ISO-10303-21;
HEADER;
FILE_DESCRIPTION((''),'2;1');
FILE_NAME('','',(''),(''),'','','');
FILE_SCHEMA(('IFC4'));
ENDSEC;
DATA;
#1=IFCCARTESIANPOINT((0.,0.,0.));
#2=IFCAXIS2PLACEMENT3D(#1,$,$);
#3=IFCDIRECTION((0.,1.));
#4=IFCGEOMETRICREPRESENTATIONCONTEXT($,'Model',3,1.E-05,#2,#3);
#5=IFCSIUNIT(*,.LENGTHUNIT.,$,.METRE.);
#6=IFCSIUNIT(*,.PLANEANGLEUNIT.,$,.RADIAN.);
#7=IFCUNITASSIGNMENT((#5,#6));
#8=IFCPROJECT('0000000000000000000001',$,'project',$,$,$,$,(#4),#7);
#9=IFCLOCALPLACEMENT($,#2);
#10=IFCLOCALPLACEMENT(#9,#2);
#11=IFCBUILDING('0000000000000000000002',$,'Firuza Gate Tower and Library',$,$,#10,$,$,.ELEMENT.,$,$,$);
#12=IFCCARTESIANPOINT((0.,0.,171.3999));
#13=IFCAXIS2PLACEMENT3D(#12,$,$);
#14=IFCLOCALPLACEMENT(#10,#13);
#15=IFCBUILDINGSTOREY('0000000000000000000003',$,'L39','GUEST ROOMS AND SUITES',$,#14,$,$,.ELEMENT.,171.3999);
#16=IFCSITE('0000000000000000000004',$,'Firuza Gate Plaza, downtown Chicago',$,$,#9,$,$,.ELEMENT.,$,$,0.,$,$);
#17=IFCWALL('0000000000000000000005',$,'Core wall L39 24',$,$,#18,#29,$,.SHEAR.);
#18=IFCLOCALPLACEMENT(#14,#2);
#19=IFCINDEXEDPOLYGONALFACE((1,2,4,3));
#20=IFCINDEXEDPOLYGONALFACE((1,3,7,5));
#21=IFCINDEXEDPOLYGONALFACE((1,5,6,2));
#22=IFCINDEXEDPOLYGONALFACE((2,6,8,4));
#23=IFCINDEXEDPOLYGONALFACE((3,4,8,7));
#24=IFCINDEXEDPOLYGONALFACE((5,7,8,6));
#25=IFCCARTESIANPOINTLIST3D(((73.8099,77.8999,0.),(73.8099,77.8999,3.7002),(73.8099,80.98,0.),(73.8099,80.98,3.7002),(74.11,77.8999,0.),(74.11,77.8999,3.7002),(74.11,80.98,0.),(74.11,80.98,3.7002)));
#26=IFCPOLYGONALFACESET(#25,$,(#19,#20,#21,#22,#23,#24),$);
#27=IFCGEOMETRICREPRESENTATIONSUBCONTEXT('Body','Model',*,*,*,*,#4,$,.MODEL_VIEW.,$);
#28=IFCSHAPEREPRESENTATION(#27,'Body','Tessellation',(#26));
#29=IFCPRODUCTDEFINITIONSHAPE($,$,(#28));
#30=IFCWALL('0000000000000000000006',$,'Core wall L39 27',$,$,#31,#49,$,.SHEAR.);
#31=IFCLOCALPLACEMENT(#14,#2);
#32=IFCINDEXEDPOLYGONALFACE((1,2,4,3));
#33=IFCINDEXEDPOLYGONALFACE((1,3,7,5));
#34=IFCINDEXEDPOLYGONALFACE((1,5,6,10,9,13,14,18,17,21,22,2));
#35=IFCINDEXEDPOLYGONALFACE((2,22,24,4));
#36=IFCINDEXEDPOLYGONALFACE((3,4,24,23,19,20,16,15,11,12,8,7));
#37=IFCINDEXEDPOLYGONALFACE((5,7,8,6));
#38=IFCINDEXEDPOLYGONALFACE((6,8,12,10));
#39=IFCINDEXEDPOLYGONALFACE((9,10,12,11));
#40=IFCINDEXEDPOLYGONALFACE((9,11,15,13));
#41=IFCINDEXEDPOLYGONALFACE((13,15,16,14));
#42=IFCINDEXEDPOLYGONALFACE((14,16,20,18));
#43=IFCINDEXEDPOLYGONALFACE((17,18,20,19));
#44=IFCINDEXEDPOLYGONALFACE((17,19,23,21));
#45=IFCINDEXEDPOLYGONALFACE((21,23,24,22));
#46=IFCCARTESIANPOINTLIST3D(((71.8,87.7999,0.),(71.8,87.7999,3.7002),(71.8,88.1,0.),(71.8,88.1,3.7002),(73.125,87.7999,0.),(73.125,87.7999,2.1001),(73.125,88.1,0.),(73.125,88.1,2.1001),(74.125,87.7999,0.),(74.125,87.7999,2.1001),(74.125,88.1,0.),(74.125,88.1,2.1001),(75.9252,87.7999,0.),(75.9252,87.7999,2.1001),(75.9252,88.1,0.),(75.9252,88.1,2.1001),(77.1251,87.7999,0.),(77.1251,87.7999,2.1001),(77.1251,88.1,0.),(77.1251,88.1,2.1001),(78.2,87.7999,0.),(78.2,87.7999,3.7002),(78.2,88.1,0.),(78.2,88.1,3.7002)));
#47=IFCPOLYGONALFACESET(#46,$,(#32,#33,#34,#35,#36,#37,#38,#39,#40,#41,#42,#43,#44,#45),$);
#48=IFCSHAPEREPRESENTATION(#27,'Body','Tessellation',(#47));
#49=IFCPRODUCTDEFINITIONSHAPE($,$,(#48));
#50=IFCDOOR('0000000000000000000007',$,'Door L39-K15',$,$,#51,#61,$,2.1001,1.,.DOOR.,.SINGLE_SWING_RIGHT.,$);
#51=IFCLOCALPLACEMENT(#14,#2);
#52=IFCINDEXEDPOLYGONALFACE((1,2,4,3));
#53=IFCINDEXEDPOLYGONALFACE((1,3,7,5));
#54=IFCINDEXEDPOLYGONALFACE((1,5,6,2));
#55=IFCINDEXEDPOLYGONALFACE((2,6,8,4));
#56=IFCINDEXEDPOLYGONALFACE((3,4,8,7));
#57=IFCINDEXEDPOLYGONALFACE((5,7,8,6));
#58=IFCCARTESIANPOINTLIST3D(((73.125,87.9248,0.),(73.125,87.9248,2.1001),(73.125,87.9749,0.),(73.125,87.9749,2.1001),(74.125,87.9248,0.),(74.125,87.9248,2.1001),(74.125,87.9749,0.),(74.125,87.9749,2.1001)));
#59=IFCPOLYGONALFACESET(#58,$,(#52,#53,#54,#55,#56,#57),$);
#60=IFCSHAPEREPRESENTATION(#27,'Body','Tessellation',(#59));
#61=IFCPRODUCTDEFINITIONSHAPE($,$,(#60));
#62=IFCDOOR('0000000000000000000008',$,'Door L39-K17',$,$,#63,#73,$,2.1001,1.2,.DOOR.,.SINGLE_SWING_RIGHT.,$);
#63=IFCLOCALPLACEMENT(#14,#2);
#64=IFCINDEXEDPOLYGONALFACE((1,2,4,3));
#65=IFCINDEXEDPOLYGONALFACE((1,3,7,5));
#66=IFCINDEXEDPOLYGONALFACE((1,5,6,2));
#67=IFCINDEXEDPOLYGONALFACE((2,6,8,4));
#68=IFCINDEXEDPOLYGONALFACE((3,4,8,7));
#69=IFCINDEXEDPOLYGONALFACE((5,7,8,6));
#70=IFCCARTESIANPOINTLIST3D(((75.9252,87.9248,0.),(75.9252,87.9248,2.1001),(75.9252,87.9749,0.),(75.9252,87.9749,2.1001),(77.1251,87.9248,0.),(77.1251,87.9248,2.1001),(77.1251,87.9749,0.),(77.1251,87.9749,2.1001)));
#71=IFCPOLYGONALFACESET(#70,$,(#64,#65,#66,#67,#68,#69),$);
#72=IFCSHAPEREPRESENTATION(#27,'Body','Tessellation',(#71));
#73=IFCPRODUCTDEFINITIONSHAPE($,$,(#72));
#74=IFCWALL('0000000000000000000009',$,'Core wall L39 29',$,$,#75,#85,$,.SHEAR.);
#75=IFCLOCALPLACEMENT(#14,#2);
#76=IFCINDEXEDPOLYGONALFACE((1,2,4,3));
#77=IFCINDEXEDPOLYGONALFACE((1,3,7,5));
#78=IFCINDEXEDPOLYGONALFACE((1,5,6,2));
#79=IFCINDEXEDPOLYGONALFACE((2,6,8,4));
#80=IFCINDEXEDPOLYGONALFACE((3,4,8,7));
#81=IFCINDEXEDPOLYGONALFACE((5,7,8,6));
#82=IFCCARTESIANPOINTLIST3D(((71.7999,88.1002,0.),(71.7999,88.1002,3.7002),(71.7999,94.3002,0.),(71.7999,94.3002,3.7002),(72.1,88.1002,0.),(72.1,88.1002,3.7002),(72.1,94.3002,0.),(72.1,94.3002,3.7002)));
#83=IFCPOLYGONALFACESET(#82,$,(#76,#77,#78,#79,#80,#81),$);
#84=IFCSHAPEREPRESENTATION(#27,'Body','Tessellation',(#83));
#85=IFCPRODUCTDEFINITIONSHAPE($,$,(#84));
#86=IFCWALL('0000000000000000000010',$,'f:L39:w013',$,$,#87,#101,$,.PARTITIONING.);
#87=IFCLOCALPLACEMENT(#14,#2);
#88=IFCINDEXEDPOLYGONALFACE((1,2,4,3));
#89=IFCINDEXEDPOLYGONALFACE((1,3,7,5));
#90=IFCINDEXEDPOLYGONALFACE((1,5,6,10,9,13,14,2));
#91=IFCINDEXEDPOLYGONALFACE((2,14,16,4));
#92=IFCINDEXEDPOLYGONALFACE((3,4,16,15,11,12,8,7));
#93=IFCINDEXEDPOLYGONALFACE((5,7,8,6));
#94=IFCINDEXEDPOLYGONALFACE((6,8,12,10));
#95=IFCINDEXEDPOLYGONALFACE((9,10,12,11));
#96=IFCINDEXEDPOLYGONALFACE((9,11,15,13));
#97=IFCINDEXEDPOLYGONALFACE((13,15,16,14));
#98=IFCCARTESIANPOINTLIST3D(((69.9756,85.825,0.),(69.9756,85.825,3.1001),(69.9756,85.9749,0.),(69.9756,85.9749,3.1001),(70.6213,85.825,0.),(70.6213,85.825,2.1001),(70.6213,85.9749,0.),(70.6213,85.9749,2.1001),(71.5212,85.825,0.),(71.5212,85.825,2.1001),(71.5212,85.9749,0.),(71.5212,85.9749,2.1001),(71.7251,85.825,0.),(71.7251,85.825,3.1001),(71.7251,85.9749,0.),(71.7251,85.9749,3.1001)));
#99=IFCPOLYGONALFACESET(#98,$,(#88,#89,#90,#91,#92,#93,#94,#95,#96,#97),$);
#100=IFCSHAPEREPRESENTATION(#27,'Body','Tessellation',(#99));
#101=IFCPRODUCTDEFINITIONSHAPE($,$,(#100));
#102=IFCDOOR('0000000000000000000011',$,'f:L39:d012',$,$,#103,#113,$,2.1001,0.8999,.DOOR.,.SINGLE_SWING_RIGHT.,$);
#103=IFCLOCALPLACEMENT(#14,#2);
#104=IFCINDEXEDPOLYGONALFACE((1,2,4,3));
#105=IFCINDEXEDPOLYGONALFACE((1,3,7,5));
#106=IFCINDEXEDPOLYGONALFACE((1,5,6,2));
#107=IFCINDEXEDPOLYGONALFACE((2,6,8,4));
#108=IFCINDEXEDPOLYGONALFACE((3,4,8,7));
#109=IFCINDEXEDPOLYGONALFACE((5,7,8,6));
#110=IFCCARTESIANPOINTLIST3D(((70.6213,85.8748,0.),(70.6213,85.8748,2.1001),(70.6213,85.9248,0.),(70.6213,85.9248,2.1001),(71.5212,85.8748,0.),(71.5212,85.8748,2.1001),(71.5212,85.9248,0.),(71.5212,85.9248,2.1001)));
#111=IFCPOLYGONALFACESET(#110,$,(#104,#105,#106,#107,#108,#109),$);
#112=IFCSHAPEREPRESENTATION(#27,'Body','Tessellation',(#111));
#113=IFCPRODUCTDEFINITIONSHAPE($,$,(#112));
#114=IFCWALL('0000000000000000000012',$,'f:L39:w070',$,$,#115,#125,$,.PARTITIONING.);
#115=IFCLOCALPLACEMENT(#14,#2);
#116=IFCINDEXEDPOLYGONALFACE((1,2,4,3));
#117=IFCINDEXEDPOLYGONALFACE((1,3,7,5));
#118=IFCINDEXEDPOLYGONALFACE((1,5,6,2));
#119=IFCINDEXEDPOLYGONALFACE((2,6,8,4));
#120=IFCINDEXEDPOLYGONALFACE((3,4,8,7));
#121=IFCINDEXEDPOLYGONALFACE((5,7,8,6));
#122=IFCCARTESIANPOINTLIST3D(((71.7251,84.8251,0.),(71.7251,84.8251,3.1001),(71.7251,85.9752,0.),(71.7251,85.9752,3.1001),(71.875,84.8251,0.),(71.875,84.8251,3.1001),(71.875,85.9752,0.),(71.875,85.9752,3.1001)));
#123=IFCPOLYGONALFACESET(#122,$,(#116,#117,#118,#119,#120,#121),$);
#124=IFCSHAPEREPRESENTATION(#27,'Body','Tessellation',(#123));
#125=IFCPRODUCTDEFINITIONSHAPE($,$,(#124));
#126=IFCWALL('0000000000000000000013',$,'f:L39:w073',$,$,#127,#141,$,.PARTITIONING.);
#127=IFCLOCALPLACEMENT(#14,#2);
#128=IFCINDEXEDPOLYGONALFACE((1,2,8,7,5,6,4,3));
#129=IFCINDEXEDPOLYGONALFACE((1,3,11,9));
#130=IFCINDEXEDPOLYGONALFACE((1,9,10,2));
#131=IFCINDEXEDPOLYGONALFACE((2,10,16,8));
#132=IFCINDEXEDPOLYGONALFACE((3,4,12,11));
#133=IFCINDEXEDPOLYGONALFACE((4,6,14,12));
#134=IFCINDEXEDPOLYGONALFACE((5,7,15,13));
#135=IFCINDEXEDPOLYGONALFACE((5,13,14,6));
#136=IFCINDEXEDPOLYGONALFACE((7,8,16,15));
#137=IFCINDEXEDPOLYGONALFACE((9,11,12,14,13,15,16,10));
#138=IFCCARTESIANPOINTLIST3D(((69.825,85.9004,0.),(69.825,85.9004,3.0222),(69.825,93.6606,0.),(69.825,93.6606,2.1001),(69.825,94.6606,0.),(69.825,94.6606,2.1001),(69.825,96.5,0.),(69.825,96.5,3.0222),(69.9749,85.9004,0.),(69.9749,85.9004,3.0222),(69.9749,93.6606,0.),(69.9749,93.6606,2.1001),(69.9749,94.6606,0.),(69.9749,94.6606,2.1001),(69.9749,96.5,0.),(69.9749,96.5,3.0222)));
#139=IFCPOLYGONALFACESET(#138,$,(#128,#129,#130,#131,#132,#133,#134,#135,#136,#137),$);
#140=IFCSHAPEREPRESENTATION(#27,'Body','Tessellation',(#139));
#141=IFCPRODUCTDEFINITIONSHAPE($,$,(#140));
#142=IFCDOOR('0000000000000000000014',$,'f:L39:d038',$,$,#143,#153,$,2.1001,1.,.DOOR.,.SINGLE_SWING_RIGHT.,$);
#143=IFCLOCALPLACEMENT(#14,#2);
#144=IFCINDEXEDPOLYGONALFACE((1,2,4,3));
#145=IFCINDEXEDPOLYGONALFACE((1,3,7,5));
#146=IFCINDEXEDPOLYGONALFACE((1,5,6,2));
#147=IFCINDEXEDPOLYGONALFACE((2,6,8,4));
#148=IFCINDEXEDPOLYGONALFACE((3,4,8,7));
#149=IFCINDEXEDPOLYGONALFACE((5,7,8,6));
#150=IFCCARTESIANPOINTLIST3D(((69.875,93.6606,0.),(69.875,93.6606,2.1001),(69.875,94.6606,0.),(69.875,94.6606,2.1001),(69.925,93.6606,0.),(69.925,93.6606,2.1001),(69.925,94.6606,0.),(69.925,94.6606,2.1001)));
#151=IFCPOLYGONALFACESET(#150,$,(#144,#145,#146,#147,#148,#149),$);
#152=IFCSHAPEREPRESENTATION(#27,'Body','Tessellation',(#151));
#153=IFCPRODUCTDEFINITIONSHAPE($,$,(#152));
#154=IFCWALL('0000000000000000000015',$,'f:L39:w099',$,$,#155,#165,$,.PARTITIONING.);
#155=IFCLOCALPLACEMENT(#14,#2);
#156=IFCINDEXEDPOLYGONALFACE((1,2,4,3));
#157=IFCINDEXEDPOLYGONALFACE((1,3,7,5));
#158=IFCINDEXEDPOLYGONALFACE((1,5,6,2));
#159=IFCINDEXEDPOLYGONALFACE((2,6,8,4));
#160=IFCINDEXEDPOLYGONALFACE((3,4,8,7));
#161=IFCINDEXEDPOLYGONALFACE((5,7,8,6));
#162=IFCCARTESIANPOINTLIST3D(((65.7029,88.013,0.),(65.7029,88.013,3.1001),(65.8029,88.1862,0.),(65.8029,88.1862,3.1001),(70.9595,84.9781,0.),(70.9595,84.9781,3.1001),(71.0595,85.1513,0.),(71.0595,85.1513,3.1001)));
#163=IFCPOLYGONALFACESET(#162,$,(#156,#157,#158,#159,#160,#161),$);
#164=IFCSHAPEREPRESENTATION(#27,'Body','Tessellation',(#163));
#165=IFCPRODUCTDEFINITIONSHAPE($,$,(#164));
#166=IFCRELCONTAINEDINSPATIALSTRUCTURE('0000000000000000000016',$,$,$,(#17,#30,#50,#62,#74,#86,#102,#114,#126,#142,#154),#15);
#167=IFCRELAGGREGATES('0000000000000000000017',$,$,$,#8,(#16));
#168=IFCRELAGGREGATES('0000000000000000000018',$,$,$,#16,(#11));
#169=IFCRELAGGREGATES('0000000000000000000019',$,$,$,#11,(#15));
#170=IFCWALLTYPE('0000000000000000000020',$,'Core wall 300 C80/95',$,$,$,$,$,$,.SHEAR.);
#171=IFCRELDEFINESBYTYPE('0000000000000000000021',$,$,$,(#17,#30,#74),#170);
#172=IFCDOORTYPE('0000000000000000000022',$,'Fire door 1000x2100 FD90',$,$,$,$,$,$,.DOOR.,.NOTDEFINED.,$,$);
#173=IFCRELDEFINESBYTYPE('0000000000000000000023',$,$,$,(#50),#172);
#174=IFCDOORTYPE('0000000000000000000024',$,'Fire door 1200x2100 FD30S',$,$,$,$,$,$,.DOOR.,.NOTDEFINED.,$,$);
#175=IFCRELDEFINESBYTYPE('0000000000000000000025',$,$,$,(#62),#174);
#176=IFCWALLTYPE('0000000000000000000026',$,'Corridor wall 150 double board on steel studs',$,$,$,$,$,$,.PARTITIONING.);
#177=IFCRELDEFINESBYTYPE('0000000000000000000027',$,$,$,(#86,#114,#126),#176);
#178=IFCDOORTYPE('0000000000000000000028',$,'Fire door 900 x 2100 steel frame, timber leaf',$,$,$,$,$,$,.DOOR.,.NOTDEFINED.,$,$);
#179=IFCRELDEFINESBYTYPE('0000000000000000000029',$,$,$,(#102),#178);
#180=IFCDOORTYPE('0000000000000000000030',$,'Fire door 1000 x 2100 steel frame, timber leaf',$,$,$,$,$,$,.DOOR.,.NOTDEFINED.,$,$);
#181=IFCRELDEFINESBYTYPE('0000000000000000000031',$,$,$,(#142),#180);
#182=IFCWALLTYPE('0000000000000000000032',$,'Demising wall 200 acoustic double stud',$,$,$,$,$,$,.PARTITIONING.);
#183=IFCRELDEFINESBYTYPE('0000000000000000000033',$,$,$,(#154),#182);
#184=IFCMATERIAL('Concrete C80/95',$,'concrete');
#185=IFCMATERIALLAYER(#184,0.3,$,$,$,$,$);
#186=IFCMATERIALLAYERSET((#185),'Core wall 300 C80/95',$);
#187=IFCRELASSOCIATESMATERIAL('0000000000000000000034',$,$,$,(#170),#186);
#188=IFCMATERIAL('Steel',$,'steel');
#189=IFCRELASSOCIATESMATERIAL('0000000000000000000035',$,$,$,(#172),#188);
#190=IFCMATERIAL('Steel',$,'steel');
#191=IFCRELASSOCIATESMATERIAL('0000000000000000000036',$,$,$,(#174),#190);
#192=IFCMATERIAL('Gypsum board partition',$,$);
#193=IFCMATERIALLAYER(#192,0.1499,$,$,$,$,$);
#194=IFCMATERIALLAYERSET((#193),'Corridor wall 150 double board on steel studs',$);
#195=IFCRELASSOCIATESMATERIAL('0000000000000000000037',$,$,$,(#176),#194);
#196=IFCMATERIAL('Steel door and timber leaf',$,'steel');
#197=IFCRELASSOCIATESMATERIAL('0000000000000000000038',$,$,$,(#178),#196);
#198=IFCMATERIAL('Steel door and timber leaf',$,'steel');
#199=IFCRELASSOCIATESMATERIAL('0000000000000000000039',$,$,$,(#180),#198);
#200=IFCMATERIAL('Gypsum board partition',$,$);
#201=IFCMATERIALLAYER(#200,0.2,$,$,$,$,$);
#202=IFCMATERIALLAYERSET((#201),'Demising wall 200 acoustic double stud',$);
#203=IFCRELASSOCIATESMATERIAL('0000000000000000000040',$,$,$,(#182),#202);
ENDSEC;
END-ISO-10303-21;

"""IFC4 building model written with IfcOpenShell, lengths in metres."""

from ifc_helpers import new_model, si_unit, direction, frame, frame_2d, origin, place, context, subcontext, project, spatial, rectangle, extrude, material, layer, layer_set, type_object, element, fill, save


model = new_model("IFC4")

# Units and contexts
model_context = context("Model", 3, precision=1e-05, world=origin(), true_north=direction((0.0, 1.0)))
body_context = subcontext(model_context, "Body", "Model", "MODEL_VIEW")
ifc_project = project(units=[si_unit("LENGTHUNIT", "METRE"), si_unit("PLANEANGLEUNIT", "RADIAN")], contexts=[model_context])

# Site, building, storey
site_placement = place(None, origin())
site = spatial("IfcSite", under=ifc_project, at=site_placement, Name="Firuza Gate Plaza, downtown Chicago", CompositionType="ELEMENT", RefElevation=0.0)
building_placement = place(site_placement, origin())
building = spatial("IfcBuilding", under=site, at=building_placement, Name="Firuza Gate Tower and Library", CompositionType="ELEMENT")
storey_placement = place(building_placement, frame((0.0, 0.0, 171.3999)))
storey = spatial("IfcBuildingStorey", under=building, at=storey_placement, Name="L39", Description="GUEST ROOMS AND SUITES", CompositionType="ELEMENT", Elevation=171.3999)

# Shared definitions
ifc_material_1 = material(Name="Concrete C80/95", Category="concrete")
ifc_layer_1 = layer(ifc_material_1, 0.3)
ifc_layer_set_1 = layer_set([ifc_layer_1], Name="Core wall 300 C80/95")
wall_type_1 = type_object("IfcWallType", Name="Core wall 300 C80/95", PredefinedType="SHEAR", material=ifc_layer_set_1)

# Shared definitions
ifc_material_2 = material(Name="Steel", Category="steel")
door_type_1 = type_object("IfcDoorType", Name="Fire door 1000x2100 FD90", OperationType="NOTDEFINED", PredefinedType="DOOR", material=ifc_material_2)

# Wall
for number, where, z_axis, x_axis, name in (
    (1, (73.96, 77.8999, 0.0), (0.0, 0.0, 1.0), (0.0, 1.0, 0.0), "Core wall L39 24"),
):
    element("IfcWall", number, at=place(storey_placement, frame(where, z_axis=z_axis, x_axis=x_axis)), inside=storey, type_object=wall_type_1, Name=name, PredefinedType="SHEAR", context=body_context, shape_type="SweptSolid", body=[
        extrude(rectangle(XDim=3.0801, YDim=0.3, at=frame_2d((1.54, 0.0))), origin(), (0.0, 0.0, 1.0), 3.7002),
    ])

# Wall, openings, doors
wall_1_placement = place(storey_placement, frame((71.8, 87.95, 0.0), z_axis=(0.0, 0.0, 1.0), x_axis=(1.0, 0.0, 0.0)))
wall_1 = element("IfcWall", 2, at=wall_1_placement, inside=storey, type_object=wall_type_1, Name="Core wall L39 27", PredefinedType="SHEAR", context=body_context, shape_type="SweptSolid", body=[
    extrude(rectangle(XDim=6.3999, YDim=0.3, at=frame_2d((3.2, 0.0))), origin(), (0.0, 0.0, 1.0), 3.7002),
])
opening_1_placement = place(wall_1_placement, frame((1.325, 0.0, 0.0)))
opening_1 = element("IfcOpeningElement", 3, at=opening_1_placement, cuts=wall_1, PredefinedType="OPENING", context=body_context, shape_type="SweptSolid", body=[
    extrude(rectangle(XDim=1.0, YDim=2.1001, at=frame_2d((0.5, 1.05))), frame((0.0, 0.1602, 0.0), z_axis=(0.0, -1.0, 0.0), x_axis=(1.0, 0.0, 0.0)), (0.0, 0.0, 1.0), 0.3201),
])
opening_2_placement = place(wall_1_placement, frame((4.125, 0.0, 0.0)))
opening_2 = element("IfcOpeningElement", 4, at=opening_2_placement, cuts=wall_1, PredefinedType="OPENING", context=body_context, shape_type="SweptSolid", body=[
    extrude(rectangle(XDim=1.2, YDim=2.1001, at=frame_2d((0.6001, 1.05))), frame((0.0, 0.1602, 0.0), z_axis=(0.0, -1.0, 0.0), x_axis=(1.0, 0.0, 0.0)), (0.0, 0.0, 1.0), 0.3201),
])
door_1_placement = place(opening_1_placement, origin())
door_1 = element("IfcDoor", 5, at=door_1_placement, inside=storey, type_object=door_type_1, Name="Door L39-K15", OperationType="SINGLE_SWING_RIGHT", OverallHeight=2.1001, OverallWidth=1.0, PredefinedType="DOOR", context=body_context, shape_type="SweptSolid", body=[
    extrude(rectangle(XDim=1.0, YDim=2.1001, at=frame_2d((0.5, 1.05))), frame((0.0, 0.0249, 0.0), z_axis=(0.0, -1.0, 0.0), x_axis=(1.0, 0.0, 0.0)), (0.0, 0.0, 1.0), 0.05),
])
fill(opening_1, door_1)
ifc_material_3 = material(Name="Steel", Category="steel")
door_type_2 = type_object("IfcDoorType", Name="Fire door 1200x2100 FD30S", OperationType="NOTDEFINED", PredefinedType="DOOR", material=ifc_material_3)
door_2_placement = place(opening_2_placement, origin())
door_2 = element("IfcDoor", 6, at=door_2_placement, inside=storey, type_object=door_type_2, Name="Door L39-K17", OperationType="SINGLE_SWING_RIGHT", OverallHeight=2.1001, OverallWidth=1.2, PredefinedType="DOOR", context=body_context, shape_type="SweptSolid", body=[
    extrude(rectangle(XDim=1.2, YDim=2.1001, at=frame_2d((0.6001, 1.05))), frame((0.0, 0.0249, 0.0), z_axis=(0.0, -1.0, 0.0), x_axis=(1.0, 0.0, 0.0)), (0.0, 0.0, 1.0), 0.05),
])
fill(opening_2, door_2)

# Wall
wall_2_placement = place(storey_placement, frame((71.95, 88.1001, 0.0), z_axis=(0.0, 0.0, 1.0), x_axis=(0.0, 1.0, 0.0)))
element("IfcWall", 7, at=wall_2_placement, inside=storey, type_object=wall_type_1, Name="Core wall L39 29", PredefinedType="SHEAR", context=body_context, shape_type="SweptSolid", body=[
    extrude(rectangle(XDim=6.2, YDim=0.3, at=frame_2d((3.1001, 0.0))), origin(), (0.0, 0.0, 1.0), 3.7002),
])

# Wall, opening, door
ifc_material_4 = material(Name="Gypsum board partition")
ifc_layer_2 = layer(ifc_material_4, 0.1499)
ifc_layer_set_2 = layer_set([ifc_layer_2], Name="Corridor wall 150 double board on steel studs")
wall_type_2 = type_object("IfcWallType", Name="Corridor wall 150 double board on steel studs", PredefinedType="PARTITIONING", material=ifc_layer_set_2)
wall_3_placement = place(storey_placement, frame((69.9756, 85.8999, 0.0), z_axis=(0.0, 0.0, 1.0), x_axis=(1.0, 0.0, 0.0)))
wall_3 = element("IfcWall", 8, at=wall_3_placement, inside=storey, type_object=wall_type_2, Name="f:L39:w013", PredefinedType="PARTITIONING", context=body_context, shape_type="SweptSolid", body=[
    extrude(rectangle(XDim=1.7495, YDim=0.1499, at=frame_2d((0.8748, 0.0))), origin(), (0.0, 0.0, 1.0), 3.1001),
])
opening_3_placement = place(wall_3_placement, frame((0.6458, 0.0, 0.0)))
opening_3 = element("IfcOpeningElement", 9, at=opening_3_placement, cuts=wall_3, PredefinedType="OPENING", context=body_context, shape_type="SweptSolid", body=[
    extrude(rectangle(XDim=0.8999, YDim=2.1001, at=frame_2d((0.45, 1.05))), frame((0.0, 0.085, 0.0), z_axis=(0.0, -1.0, 0.0), x_axis=(1.0, 0.0, 0.0)), (0.0, 0.0, 1.0), 0.1699),
])
ifc_material_5 = material(Name="Steel door and timber leaf", Category="steel")
door_type_3 = type_object("IfcDoorType", Name="Fire door 900 x 2100 steel frame, timber leaf", OperationType="NOTDEFINED", PredefinedType="DOOR", material=ifc_material_5)
door_3_placement = place(opening_3_placement, origin())
door_3 = element("IfcDoor", 10, at=door_3_placement, inside=storey, type_object=door_type_3, Name="f:L39:d012", OperationType="SINGLE_SWING_RIGHT", OverallHeight=2.1001, OverallWidth=0.8999, PredefinedType="DOOR", context=body_context, shape_type="SweptSolid", body=[
    extrude(rectangle(XDim=0.8999, YDim=2.1001, at=frame_2d((0.45, 1.05))), frame((0.0, 0.0249, 0.0), z_axis=(0.0, -1.0, 0.0), x_axis=(1.0, 0.0, 0.0)), (0.0, 0.0, 1.0), 0.05),
])
fill(opening_3, door_3)

# Wall
wall_4_placement = place(storey_placement, frame((71.8, 84.825, 0.0), z_axis=(0.0, 0.0, 1.0), x_axis=(0.0, 1.0, 0.0)))
element("IfcWall", 11, at=wall_4_placement, inside=storey, type_object=wall_type_2, Name="f:L39:w070", PredefinedType="PARTITIONING", context=body_context, shape_type="SweptSolid", body=[
    extrude(rectangle(XDim=1.1501, YDim=0.1499, at=frame_2d((0.5752, 0.0))), origin(), (0.0, 0.0, 1.0), 3.1001),
])

# Wall, opening, door
wall_5_placement = place(storey_placement, frame((69.8999, 85.9004, 0.0), z_axis=(0.0, 0.0, 1.0), x_axis=(0.0, 1.0, 0.0)))
wall_5 = element("IfcWall", 12, at=wall_5_placement, inside=storey, type_object=wall_type_2, Name="f:L39:w073", PredefinedType="PARTITIONING", context=body_context, shape_type="SweptSolid", body=[
    extrude(rectangle(XDim=10.5996, YDim=0.1499, at=frame_2d((5.2998, 0.0))), origin(), (0.0, 0.0, 1.0), 3.0222),
])
opening_4_placement = place(wall_5_placement, frame((7.7603, 0.0, 0.0)))
opening_4 = element("IfcOpeningElement", 13, at=opening_4_placement, cuts=wall_5, PredefinedType="OPENING", context=body_context, shape_type="SweptSolid", body=[
    extrude(rectangle(XDim=1.0, YDim=2.1001, at=frame_2d((0.5, 1.05))), frame((0.0, 0.085, 0.0), z_axis=(0.0, -1.0, 0.0), x_axis=(1.0, 0.0, 0.0)), (0.0, 0.0, 1.0), 0.1699),
])
ifc_material_6 = material(Name="Steel door and timber leaf", Category="steel")
door_type_4 = type_object("IfcDoorType", Name="Fire door 1000 x 2100 steel frame, timber leaf", OperationType="NOTDEFINED", PredefinedType="DOOR", material=ifc_material_6)
door_4_placement = place(opening_4_placement, origin())
door_4 = element("IfcDoor", 14, at=door_4_placement, inside=storey, type_object=door_type_4, Name="f:L39:d038", OperationType="SINGLE_SWING_RIGHT", OverallHeight=2.1001, OverallWidth=1.0, PredefinedType="DOOR", context=body_context, shape_type="SweptSolid", body=[
    extrude(rectangle(XDim=1.0, YDim=2.1001, at=frame_2d((0.5, 1.05))), frame((0.0, 0.0249, 0.0), z_axis=(0.0, -1.0, 0.0), x_axis=(1.0, 0.0, 0.0)), (0.0, 0.0, 1.0), 0.05),
])
fill(opening_4, door_4)

# Wall
ifc_material_7 = material(Name="Gypsum board partition")
ifc_layer_3 = layer(ifc_material_7, 0.2)
ifc_layer_set_3 = layer_set([ifc_layer_3], Name="Demising wall 200 acoustic double stud")
wall_type_3 = type_object("IfcWallType", Name="Demising wall 200 acoustic double stud", PredefinedType="PARTITIONING", material=ifc_layer_set_3)
wall_6_placement = place(storey_placement, frame((71.0095, 85.0647, 0.0), z_axis=(0.0, 0.0, 1.0), x_axis=(-0.866024, 0.500002, 0.0)))
element("IfcWall", 15, at=wall_6_placement, inside=storey, type_object=wall_type_3, Name="f:L39:w099", PredefinedType="PARTITIONING", context=body_context, shape_type="SweptSolid", body=[
    extrude(rectangle(XDim=6.0698, YDim=0.2, at=frame_2d((3.0349, 0.0))), origin(), (0.0, 0.0, 1.0), 3.1001),
])

save(model, "model.ifc")
